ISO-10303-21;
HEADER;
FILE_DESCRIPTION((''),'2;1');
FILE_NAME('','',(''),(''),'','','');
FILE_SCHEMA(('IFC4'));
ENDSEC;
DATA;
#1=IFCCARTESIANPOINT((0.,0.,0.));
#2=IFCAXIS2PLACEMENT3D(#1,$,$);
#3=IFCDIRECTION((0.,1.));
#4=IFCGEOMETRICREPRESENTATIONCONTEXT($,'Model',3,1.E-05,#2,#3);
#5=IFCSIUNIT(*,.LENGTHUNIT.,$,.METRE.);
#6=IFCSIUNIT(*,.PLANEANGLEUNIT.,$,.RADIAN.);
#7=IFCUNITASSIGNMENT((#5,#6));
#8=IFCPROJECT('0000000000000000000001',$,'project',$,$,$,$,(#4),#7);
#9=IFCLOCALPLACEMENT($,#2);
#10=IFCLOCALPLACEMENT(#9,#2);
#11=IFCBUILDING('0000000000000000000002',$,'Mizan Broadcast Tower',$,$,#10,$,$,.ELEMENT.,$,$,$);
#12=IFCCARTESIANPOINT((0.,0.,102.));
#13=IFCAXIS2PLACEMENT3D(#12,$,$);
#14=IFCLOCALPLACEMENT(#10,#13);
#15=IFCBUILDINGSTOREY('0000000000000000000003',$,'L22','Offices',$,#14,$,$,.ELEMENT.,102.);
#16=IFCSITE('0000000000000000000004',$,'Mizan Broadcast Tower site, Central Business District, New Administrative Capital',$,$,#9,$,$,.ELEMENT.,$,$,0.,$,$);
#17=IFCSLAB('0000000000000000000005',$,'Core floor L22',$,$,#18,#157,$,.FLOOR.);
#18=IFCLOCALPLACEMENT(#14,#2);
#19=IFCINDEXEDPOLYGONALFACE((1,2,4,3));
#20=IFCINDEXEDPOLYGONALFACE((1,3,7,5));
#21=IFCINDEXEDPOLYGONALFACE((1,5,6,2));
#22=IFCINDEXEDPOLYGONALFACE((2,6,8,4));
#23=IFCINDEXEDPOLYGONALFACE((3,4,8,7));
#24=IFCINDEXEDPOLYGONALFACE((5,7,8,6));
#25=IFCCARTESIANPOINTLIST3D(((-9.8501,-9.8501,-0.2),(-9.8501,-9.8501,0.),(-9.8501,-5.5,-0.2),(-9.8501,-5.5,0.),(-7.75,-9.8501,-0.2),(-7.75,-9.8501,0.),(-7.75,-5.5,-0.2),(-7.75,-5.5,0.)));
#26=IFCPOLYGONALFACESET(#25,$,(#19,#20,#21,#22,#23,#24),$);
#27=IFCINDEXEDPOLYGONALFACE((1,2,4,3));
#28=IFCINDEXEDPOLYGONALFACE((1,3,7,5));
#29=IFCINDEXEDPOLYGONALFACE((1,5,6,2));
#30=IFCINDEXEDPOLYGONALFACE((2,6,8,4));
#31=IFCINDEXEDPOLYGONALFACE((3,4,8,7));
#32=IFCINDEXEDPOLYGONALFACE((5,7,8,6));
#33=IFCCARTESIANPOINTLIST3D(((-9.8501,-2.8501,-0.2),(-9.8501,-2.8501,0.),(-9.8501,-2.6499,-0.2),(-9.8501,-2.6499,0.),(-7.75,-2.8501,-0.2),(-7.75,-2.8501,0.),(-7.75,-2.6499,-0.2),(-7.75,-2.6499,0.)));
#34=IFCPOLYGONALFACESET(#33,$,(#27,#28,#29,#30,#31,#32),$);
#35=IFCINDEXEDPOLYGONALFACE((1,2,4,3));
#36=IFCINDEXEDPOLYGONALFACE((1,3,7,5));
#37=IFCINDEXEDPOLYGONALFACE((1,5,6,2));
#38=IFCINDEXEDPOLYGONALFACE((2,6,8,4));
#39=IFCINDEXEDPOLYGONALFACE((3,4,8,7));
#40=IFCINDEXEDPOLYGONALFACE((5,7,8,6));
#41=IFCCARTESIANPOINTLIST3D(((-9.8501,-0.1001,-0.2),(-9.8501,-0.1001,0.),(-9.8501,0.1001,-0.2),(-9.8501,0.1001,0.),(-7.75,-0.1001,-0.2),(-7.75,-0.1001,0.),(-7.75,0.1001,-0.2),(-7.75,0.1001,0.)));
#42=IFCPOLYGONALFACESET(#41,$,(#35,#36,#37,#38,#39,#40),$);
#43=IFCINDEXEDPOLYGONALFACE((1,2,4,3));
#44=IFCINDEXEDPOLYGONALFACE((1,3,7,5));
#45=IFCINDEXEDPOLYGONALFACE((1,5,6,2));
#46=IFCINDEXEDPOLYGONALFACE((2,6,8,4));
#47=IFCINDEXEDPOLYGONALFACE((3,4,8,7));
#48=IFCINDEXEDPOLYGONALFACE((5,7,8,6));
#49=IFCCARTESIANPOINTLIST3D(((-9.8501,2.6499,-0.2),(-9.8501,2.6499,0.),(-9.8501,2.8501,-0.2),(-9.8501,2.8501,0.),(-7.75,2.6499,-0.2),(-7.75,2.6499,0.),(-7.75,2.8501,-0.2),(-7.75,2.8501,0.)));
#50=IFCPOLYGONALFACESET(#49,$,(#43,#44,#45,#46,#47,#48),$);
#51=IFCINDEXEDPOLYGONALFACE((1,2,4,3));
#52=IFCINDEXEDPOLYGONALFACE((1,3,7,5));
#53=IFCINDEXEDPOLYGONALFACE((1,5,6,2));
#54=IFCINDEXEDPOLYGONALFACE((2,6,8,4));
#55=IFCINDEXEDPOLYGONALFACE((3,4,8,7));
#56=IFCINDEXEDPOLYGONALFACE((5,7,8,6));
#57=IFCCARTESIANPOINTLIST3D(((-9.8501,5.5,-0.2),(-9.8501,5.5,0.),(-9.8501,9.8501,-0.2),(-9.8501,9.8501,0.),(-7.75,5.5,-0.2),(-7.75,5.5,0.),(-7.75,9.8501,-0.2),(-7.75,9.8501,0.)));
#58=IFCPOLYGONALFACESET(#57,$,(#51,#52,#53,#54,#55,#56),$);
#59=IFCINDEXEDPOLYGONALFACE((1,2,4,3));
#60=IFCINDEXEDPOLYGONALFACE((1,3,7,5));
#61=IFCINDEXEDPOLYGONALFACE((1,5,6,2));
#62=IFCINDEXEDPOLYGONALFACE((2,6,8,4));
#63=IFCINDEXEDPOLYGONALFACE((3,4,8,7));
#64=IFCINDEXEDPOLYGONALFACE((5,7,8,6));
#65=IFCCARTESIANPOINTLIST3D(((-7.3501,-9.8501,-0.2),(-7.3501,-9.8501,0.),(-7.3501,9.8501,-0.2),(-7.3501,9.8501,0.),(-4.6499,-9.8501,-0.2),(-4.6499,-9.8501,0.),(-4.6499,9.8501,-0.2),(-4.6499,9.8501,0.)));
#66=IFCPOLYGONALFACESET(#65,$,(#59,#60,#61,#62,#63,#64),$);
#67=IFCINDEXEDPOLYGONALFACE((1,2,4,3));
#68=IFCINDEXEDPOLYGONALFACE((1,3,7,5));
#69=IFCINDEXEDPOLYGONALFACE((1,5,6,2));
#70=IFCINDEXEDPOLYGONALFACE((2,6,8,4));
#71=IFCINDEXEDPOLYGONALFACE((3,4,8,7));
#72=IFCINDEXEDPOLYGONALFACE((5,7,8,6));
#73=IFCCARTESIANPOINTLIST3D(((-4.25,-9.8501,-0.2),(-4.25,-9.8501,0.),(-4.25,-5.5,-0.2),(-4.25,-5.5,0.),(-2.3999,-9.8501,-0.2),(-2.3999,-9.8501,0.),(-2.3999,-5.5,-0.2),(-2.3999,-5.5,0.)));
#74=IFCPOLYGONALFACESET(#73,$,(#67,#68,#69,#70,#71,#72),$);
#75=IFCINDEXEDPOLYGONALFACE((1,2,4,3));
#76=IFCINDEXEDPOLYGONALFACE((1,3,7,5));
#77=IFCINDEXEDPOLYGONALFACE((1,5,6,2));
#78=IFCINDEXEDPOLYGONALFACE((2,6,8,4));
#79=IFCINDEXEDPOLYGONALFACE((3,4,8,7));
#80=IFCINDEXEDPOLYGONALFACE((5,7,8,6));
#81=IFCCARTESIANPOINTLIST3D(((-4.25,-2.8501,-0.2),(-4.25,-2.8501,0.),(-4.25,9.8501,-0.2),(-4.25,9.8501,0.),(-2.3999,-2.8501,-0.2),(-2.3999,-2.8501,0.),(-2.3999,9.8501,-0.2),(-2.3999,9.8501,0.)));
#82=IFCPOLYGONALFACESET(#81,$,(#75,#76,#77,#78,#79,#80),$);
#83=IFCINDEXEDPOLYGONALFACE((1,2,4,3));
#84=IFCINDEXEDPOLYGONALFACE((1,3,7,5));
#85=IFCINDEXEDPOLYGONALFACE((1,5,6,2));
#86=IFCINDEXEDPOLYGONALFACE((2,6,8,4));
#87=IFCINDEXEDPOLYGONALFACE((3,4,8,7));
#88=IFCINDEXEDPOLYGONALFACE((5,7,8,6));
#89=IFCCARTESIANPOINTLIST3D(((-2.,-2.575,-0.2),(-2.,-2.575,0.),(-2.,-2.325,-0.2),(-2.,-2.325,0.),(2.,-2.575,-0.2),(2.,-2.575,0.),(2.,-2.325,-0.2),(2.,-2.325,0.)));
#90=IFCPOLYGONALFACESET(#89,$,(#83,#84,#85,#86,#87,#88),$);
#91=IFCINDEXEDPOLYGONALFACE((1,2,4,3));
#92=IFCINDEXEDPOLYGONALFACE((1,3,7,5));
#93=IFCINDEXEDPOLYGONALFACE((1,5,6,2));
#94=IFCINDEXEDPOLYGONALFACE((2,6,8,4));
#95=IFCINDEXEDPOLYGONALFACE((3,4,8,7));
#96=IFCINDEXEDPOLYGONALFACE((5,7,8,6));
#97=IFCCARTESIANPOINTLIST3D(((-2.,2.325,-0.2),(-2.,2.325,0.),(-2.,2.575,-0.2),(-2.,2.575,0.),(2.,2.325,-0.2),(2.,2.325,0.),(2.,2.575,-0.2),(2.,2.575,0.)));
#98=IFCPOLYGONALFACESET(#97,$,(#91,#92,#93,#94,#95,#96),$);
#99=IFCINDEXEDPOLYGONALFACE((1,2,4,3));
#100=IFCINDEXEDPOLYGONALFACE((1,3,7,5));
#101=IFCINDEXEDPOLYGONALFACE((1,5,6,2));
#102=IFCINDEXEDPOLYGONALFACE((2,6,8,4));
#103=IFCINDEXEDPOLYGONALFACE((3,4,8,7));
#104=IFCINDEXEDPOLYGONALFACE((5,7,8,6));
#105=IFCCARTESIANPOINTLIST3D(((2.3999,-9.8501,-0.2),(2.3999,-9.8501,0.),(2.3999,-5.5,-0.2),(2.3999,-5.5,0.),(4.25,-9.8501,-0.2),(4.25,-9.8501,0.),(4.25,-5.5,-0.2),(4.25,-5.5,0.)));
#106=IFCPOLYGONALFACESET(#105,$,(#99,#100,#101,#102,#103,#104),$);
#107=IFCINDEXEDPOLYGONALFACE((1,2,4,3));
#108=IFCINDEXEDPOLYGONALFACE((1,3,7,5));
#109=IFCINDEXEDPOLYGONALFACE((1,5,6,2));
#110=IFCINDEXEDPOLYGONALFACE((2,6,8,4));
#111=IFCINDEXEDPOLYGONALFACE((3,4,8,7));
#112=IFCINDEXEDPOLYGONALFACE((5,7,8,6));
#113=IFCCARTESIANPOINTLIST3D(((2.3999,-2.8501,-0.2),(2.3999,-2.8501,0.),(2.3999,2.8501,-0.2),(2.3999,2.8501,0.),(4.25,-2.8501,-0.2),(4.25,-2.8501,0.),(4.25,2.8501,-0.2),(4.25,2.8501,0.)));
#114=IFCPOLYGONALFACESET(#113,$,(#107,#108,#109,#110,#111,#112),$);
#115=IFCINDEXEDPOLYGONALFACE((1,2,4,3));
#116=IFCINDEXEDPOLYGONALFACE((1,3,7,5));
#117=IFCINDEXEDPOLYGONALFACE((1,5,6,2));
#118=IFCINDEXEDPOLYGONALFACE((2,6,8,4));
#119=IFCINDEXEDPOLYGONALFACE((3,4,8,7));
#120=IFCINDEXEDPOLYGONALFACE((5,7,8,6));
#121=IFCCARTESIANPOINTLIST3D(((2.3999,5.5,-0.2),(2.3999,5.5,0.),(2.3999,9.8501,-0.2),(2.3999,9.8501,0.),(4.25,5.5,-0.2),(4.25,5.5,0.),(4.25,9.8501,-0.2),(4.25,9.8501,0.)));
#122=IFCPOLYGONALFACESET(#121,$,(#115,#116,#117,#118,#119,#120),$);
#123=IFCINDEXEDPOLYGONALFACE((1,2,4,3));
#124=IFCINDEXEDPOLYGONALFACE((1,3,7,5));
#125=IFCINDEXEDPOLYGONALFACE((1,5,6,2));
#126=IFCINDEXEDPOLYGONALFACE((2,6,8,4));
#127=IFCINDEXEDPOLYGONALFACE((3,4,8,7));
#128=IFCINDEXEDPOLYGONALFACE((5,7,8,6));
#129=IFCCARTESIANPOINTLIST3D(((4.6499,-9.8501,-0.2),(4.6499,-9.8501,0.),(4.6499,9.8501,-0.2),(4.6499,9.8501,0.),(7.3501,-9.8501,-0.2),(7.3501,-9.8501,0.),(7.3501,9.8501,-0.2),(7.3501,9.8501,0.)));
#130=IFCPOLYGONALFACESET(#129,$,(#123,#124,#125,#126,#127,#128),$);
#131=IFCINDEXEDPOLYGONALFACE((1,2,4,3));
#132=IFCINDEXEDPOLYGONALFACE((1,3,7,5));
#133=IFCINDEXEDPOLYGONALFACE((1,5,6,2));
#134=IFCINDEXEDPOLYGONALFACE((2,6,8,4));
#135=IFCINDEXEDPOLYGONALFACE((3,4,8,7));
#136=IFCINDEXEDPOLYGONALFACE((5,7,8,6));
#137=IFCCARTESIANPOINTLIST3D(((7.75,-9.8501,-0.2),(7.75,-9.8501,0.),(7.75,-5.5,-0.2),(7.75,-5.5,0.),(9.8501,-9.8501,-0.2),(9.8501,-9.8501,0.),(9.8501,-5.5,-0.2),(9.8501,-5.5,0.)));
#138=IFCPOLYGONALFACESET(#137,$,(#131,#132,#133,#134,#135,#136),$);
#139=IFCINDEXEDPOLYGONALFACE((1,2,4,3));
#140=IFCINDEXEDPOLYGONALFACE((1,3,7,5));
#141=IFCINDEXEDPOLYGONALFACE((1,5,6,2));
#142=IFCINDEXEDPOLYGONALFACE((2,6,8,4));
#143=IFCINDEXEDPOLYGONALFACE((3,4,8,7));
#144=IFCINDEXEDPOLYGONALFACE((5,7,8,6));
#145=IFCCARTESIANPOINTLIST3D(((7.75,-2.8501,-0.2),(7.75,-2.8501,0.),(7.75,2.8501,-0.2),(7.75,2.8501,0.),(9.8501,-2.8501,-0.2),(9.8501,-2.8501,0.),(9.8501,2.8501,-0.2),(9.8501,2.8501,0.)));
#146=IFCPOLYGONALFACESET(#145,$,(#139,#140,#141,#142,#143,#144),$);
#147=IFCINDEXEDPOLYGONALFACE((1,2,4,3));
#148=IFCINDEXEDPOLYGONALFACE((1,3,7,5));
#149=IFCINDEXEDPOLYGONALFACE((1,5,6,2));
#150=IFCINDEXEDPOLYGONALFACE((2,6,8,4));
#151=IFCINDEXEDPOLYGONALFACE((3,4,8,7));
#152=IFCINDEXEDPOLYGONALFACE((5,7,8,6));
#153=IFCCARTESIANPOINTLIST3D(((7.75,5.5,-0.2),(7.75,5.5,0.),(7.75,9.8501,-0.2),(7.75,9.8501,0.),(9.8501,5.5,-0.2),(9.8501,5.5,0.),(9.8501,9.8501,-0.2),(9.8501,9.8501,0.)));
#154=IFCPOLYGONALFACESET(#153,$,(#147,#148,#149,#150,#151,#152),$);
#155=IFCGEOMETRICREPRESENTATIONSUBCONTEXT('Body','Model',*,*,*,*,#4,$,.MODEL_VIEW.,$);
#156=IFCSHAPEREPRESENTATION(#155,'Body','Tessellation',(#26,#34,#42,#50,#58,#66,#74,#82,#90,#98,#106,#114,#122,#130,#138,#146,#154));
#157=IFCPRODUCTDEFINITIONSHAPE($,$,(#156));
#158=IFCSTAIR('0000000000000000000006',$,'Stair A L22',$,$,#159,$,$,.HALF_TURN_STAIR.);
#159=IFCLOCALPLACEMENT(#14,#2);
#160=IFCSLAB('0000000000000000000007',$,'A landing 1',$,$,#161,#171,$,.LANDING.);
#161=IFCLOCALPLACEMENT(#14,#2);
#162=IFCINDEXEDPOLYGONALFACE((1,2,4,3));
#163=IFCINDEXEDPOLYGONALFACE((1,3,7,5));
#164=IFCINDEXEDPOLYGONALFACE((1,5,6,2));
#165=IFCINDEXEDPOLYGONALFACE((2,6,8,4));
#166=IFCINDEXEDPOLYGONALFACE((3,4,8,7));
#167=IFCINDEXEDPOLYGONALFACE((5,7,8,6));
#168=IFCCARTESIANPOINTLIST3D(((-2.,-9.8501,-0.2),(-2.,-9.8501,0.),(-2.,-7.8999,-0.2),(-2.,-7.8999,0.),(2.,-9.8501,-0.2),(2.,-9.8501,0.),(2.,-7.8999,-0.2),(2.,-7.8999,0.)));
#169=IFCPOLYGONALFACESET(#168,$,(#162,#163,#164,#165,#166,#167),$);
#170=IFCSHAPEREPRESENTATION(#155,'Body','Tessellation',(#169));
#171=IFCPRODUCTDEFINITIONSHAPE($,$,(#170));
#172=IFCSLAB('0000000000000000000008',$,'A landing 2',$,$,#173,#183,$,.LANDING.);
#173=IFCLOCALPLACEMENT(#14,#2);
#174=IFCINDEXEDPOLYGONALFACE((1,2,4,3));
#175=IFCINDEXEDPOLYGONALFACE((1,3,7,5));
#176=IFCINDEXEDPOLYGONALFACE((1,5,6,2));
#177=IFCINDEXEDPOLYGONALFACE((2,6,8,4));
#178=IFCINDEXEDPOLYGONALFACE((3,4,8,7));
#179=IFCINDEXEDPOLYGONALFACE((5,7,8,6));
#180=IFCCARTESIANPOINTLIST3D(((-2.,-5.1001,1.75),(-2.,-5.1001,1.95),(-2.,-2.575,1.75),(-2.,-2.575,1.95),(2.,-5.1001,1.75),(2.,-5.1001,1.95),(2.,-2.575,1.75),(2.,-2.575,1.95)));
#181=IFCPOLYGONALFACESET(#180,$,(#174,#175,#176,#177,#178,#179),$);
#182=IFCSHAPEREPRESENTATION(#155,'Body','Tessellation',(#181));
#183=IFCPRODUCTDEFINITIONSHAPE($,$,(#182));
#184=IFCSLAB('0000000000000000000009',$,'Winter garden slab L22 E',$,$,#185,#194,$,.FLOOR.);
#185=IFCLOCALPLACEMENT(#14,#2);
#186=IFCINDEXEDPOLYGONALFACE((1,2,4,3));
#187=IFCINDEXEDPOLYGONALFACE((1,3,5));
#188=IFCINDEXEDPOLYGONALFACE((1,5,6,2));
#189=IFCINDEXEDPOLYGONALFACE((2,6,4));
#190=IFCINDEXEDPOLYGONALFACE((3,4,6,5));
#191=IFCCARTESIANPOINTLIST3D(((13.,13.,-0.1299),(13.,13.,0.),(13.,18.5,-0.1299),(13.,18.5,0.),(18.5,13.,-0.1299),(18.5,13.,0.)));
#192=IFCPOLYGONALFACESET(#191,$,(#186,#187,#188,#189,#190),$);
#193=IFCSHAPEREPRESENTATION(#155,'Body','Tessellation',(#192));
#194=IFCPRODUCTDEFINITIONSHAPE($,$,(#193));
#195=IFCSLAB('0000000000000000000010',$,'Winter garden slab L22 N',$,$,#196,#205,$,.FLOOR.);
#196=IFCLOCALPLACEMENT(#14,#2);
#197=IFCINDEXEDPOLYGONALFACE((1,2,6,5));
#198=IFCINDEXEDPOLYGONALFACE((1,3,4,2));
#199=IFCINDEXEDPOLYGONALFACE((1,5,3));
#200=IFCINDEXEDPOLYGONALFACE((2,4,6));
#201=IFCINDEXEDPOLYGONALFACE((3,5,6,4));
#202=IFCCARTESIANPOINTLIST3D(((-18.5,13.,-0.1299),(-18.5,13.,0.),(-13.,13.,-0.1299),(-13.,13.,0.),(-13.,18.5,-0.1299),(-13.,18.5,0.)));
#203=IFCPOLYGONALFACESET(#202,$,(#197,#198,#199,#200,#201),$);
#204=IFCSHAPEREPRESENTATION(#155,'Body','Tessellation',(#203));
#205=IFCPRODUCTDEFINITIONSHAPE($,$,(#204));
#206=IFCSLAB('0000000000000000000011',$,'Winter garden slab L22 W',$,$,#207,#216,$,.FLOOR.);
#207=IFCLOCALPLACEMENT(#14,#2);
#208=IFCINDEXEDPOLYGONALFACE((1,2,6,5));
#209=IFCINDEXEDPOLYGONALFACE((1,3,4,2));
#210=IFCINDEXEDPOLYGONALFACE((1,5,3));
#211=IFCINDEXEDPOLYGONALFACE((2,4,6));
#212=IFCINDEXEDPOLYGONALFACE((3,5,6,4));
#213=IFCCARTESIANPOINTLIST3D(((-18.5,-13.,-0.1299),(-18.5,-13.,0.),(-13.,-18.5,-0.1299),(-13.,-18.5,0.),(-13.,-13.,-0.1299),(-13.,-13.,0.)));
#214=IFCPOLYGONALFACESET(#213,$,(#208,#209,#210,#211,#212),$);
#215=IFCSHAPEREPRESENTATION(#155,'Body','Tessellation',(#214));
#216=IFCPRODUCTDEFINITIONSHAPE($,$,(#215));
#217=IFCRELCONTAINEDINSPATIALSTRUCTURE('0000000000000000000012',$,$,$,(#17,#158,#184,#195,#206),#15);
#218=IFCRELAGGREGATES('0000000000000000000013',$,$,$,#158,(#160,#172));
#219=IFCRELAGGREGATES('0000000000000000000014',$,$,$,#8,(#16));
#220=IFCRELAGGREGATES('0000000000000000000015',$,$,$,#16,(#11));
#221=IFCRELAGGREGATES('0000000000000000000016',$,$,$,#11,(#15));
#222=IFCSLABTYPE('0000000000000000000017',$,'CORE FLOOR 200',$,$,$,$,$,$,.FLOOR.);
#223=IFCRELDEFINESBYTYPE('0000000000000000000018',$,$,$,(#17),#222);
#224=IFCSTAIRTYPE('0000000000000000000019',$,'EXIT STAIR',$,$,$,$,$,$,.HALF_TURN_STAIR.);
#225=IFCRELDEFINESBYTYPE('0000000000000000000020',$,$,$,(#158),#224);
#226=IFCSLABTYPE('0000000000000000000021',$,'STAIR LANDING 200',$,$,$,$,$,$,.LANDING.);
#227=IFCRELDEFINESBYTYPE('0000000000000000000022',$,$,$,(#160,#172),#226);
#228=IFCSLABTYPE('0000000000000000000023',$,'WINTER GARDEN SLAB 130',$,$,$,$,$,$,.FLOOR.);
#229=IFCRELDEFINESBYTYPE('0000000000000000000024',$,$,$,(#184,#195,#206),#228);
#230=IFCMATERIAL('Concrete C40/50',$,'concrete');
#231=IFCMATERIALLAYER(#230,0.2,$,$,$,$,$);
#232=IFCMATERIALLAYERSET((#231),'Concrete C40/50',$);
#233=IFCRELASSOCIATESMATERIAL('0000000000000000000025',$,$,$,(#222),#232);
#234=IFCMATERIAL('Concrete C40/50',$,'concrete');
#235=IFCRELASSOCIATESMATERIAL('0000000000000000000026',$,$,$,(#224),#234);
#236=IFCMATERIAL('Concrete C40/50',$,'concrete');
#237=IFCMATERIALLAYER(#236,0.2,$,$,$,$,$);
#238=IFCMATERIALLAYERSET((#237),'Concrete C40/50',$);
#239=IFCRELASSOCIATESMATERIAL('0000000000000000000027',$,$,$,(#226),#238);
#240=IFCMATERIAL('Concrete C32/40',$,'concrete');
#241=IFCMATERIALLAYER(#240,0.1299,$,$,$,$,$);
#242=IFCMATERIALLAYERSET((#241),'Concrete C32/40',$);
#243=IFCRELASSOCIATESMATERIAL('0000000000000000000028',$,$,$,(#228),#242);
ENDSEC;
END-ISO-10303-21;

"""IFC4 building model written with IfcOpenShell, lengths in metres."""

from ifc_helpers import new_model, si_unit, direction, frame, origin, place, context, subcontext, project, spatial, polyline, outline, extrude, material, layer, layer_set, type_object, element, aggregate, save


model = new_model("IFC4")

# Units and contexts
model_context = context("Model", 3, precision=1e-05, world=origin(), true_north=direction((0.0, 1.0)))
body_context = subcontext(model_context, "Body", "Model", "MODEL_VIEW")
ifc_project = project(units=[si_unit("LENGTHUNIT", "METRE"), si_unit("PLANEANGLEUNIT", "RADIAN")], contexts=[model_context])

# Site, building, storey
site_placement = place(None, origin())
site = spatial("IfcSite", under=ifc_project, at=site_placement, Name="Mizan Broadcast Tower site, Central Business District, New Administrative Capital", CompositionType="ELEMENT", RefElevation=0.0)
building_placement = place(site_placement, origin())
building = spatial("IfcBuilding", under=site, at=building_placement, Name="Mizan Broadcast Tower", CompositionType="ELEMENT")
storey_placement = place(building_placement, frame((0.0, 0.0, 102.0)))
storey = spatial("IfcBuildingStorey", under=building, at=storey_placement, Name="L22", Description="Offices", CompositionType="ELEMENT", Elevation=102.0)

# Slab
ifc_material_1 = material(Name="Concrete C40/50", Category="concrete")
ifc_layer_1 = layer(ifc_material_1, 0.2)
ifc_layer_set_1 = layer_set([ifc_layer_1], Name="Concrete C40/50")
slab_type_1 = type_object("IfcSlabType", Name="CORE FLOOR 200", PredefinedType="FLOOR", material=ifc_layer_set_1)
slab_1_placement = place(storey_placement, frame((0.0, 0.0, -0.2)))
element("IfcSlab", 1, at=slab_1_placement, inside=storey, type_object=slab_type_1, Name="Core floor L22", PredefinedType="FLOOR", context=body_context, shape_type="SweptSolid", body=[
    extrude(outline(polyline([(-9.8501, -9.8501), (-7.75, -9.8501), (-7.75, -5.5), (-9.8501, -5.5), (-9.8501, -9.8501)])), origin(), (0.0, 0.0, 1.0), 0.2),
    extrude(outline(polyline([(-9.8501, -2.8501), (-7.75, -2.8501), (-7.75, -2.6499), (-9.8501, -2.6499), (-9.8501, -2.8501)])), origin(), (0.0, 0.0, 1.0), 0.2),
    extrude(outline(polyline([(-9.8501, -0.1001), (-7.75, -0.1001), (-7.75, 0.1001), (-9.8501, 0.1001), (-9.8501, -0.1001)])), origin(), (0.0, 0.0, 1.0), 0.2),
    extrude(outline(polyline([(-9.8501, 2.6499), (-7.75, 2.6499), (-7.75, 2.8501), (-9.8501, 2.8501), (-9.8501, 2.6499)])), origin(), (0.0, 0.0, 1.0), 0.2),
    extrude(outline(polyline([(-9.8501, 5.5), (-7.75, 5.5), (-7.75, 9.8501), (-9.8501, 9.8501), (-9.8501, 5.5)])), origin(), (0.0, 0.0, 1.0), 0.2),
    extrude(outline(polyline([(-4.6499, 9.8501), (-7.3501, 9.8501), (-7.3501, -9.8501), (-4.6499, -9.8501), (-4.6499, 9.8501)])), origin(), (0.0, 0.0, 1.0), 0.2),
    extrude(outline(polyline([(-4.25, -5.5), (-4.25, -9.8501), (-2.3999, -9.8501), (-2.3999, -5.5), (-4.25, -5.5)])), origin(), (0.0, 0.0, 1.0), 0.2),
    extrude(outline(polyline([(-4.25, -2.8501), (-2.3999, -2.8501), (-2.3999, 9.8501), (-4.25, 9.8501), (-4.25, -2.8501)])), origin(), (0.0, 0.0, 1.0), 0.2),
    extrude(outline(polyline([(2.0, -2.325), (-2.0, -2.325), (-2.0, -2.575), (2.0, -2.575), (2.0, -2.325)])), origin(), (0.0, 0.0, 1.0), 0.2),
    extrude(outline(polyline([(2.0, 2.575), (-2.0, 2.575), (-2.0, 2.325), (2.0, 2.325), (2.0, 2.575)])), origin(), (0.0, 0.0, 1.0), 0.2),
    extrude(outline(polyline([(4.25, -9.8501), (4.25, -5.5), (2.3999, -5.5), (2.3999, -9.8501), (4.25, -9.8501)])), origin(), (0.0, 0.0, 1.0), 0.2),
    extrude(outline(polyline([(4.25, -2.8501), (4.25, 2.8501), (2.3999, 2.8501), (2.3999, -2.8501), (4.25, -2.8501)])), origin(), (0.0, 0.0, 1.0), 0.2),
    extrude(outline(polyline([(4.25, 5.5), (4.25, 9.8501), (2.3999, 9.8501), (2.3999, 5.5), (4.25, 5.5)])), origin(), (0.0, 0.0, 1.0), 0.2),
    extrude(outline(polyline([(4.6499, 9.8501), (4.6499, -9.8501), (7.3501, -9.8501), (7.3501, 9.8501), (4.6499, 9.8501)])), origin(), (0.0, 0.0, 1.0), 0.2),
    extrude(outline(polyline([(9.8501, -9.8501), (9.8501, -5.5), (7.75, -5.5), (7.75, -9.8501), (9.8501, -9.8501)])), origin(), (0.0, 0.0, 1.0), 0.2),
    extrude(outline(polyline([(7.75, 2.8501), (7.75, -2.8501), (9.8501, -2.8501), (9.8501, 2.8501), (7.75, 2.8501)])), origin(), (0.0, 0.0, 1.0), 0.2),
    extrude(outline(polyline([(9.8501, 5.5), (9.8501, 9.8501), (7.75, 9.8501), (7.75, 5.5), (9.8501, 5.5)])), origin(), (0.0, 0.0, 1.0), 0.2),
])

# Stair, slabs
ifc_material_2 = material(Name="Concrete C40/50", Category="concrete")
stair_type = type_object("IfcStairType", Name="EXIT STAIR", PredefinedType="HALF_TURN_STAIR", material=ifc_material_2)
stair_placement = place(storey_placement, origin())
stair = element("IfcStair", 2, at=stair_placement, inside=storey, type_object=stair_type, Name="Stair A L22", PredefinedType="HALF_TURN_STAIR")
ifc_material_3 = material(Name="Concrete C40/50", Category="concrete")
ifc_layer_2 = layer(ifc_material_3, 0.2)
ifc_layer_set_2 = layer_set([ifc_layer_2], Name="Concrete C40/50")
slab_type_2 = type_object("IfcSlabType", Name="STAIR LANDING 200", PredefinedType="LANDING", material=ifc_layer_set_2)
slab_2_placement = place(storey_placement, frame((0.0, 0.0, -0.2)))
slab_2 = element("IfcSlab", 3, at=slab_2_placement, type_object=slab_type_2, Name="A landing 1", PredefinedType="LANDING", context=body_context, shape_type="SweptSolid", body=[
    extrude(outline(polyline([(-2.0, -9.8501), (-2.0, -7.8999), (2.0, -7.8999), (2.0, -9.8501), (-2.0, -9.8501)])), origin(), (0.0, 0.0, 1.0), 0.2),
])
slab_3_placement = place(storey_placement, frame((0.0, 0.0, 1.75)))
slab_3 = element("IfcSlab", 4, at=slab_3_placement, type_object=slab_type_2, Name="A landing 2", PredefinedType="LANDING", context=body_context, shape_type="SweptSolid", body=[
    extrude(outline(polyline([(-2.0, -5.1001), (-2.0, -2.575), (2.0, -2.575), (2.0, -5.1001), (-2.0, -5.1001)])), origin(), (0.0, 0.0, 1.0), 0.2),
])

# Slabs
ifc_material_4 = material(Name="Concrete C32/40", Category="concrete")
ifc_layer_3 = layer(ifc_material_4, 0.1299)
ifc_layer_set_3 = layer_set([ifc_layer_3], Name="Concrete C32/40")
slab_type_3 = type_object("IfcSlabType", Name="WINTER GARDEN SLAB 130", PredefinedType="FLOOR", material=ifc_layer_set_3)
slab_4_placement = place(storey_placement, frame((0.0, 0.0, -0.1299)))
element("IfcSlab", 5, at=slab_4_placement, inside=storey, type_object=slab_type_3, Name="Winter garden slab L22 E", PredefinedType="FLOOR", context=body_context, shape_type="SweptSolid", body=[
    extrude(outline(polyline([(13.0, 13.0), (18.5, 13.0), (13.0, 18.5), (13.0, 13.0)])), origin(), (0.0, 0.0, 1.0), 0.1299),
])
slab_5_placement = place(storey_placement, frame((0.0, 0.0, -0.1299)))
element("IfcSlab", 6, at=slab_5_placement, inside=storey, type_object=slab_type_3, Name="Winter garden slab L22 N", PredefinedType="FLOOR", context=body_context, shape_type="SweptSolid", body=[
    extrude(outline(polyline([(-13.0, 13.0), (-13.0, 18.5), (-18.5, 13.0), (-13.0, 13.0)])), origin(), (0.0, 0.0, 1.0), 0.1299),
])
slab_6_placement = place(storey_placement, frame((0.0, 0.0, -0.1299)))
element("IfcSlab", 7, at=slab_6_placement, inside=storey, type_object=slab_type_3, Name="Winter garden slab L22 W", PredefinedType="FLOOR", context=body_context, shape_type="SweptSolid", body=[
    extrude(outline(polyline([(-13.0, -13.0), (-18.5, -13.0), (-13.0, -18.5), (-13.0, -13.0)])), origin(), (0.0, 0.0, 1.0), 0.1299),
])

aggregate(stair, [slab_2, slab_3])

save(model, "model.ifc")
